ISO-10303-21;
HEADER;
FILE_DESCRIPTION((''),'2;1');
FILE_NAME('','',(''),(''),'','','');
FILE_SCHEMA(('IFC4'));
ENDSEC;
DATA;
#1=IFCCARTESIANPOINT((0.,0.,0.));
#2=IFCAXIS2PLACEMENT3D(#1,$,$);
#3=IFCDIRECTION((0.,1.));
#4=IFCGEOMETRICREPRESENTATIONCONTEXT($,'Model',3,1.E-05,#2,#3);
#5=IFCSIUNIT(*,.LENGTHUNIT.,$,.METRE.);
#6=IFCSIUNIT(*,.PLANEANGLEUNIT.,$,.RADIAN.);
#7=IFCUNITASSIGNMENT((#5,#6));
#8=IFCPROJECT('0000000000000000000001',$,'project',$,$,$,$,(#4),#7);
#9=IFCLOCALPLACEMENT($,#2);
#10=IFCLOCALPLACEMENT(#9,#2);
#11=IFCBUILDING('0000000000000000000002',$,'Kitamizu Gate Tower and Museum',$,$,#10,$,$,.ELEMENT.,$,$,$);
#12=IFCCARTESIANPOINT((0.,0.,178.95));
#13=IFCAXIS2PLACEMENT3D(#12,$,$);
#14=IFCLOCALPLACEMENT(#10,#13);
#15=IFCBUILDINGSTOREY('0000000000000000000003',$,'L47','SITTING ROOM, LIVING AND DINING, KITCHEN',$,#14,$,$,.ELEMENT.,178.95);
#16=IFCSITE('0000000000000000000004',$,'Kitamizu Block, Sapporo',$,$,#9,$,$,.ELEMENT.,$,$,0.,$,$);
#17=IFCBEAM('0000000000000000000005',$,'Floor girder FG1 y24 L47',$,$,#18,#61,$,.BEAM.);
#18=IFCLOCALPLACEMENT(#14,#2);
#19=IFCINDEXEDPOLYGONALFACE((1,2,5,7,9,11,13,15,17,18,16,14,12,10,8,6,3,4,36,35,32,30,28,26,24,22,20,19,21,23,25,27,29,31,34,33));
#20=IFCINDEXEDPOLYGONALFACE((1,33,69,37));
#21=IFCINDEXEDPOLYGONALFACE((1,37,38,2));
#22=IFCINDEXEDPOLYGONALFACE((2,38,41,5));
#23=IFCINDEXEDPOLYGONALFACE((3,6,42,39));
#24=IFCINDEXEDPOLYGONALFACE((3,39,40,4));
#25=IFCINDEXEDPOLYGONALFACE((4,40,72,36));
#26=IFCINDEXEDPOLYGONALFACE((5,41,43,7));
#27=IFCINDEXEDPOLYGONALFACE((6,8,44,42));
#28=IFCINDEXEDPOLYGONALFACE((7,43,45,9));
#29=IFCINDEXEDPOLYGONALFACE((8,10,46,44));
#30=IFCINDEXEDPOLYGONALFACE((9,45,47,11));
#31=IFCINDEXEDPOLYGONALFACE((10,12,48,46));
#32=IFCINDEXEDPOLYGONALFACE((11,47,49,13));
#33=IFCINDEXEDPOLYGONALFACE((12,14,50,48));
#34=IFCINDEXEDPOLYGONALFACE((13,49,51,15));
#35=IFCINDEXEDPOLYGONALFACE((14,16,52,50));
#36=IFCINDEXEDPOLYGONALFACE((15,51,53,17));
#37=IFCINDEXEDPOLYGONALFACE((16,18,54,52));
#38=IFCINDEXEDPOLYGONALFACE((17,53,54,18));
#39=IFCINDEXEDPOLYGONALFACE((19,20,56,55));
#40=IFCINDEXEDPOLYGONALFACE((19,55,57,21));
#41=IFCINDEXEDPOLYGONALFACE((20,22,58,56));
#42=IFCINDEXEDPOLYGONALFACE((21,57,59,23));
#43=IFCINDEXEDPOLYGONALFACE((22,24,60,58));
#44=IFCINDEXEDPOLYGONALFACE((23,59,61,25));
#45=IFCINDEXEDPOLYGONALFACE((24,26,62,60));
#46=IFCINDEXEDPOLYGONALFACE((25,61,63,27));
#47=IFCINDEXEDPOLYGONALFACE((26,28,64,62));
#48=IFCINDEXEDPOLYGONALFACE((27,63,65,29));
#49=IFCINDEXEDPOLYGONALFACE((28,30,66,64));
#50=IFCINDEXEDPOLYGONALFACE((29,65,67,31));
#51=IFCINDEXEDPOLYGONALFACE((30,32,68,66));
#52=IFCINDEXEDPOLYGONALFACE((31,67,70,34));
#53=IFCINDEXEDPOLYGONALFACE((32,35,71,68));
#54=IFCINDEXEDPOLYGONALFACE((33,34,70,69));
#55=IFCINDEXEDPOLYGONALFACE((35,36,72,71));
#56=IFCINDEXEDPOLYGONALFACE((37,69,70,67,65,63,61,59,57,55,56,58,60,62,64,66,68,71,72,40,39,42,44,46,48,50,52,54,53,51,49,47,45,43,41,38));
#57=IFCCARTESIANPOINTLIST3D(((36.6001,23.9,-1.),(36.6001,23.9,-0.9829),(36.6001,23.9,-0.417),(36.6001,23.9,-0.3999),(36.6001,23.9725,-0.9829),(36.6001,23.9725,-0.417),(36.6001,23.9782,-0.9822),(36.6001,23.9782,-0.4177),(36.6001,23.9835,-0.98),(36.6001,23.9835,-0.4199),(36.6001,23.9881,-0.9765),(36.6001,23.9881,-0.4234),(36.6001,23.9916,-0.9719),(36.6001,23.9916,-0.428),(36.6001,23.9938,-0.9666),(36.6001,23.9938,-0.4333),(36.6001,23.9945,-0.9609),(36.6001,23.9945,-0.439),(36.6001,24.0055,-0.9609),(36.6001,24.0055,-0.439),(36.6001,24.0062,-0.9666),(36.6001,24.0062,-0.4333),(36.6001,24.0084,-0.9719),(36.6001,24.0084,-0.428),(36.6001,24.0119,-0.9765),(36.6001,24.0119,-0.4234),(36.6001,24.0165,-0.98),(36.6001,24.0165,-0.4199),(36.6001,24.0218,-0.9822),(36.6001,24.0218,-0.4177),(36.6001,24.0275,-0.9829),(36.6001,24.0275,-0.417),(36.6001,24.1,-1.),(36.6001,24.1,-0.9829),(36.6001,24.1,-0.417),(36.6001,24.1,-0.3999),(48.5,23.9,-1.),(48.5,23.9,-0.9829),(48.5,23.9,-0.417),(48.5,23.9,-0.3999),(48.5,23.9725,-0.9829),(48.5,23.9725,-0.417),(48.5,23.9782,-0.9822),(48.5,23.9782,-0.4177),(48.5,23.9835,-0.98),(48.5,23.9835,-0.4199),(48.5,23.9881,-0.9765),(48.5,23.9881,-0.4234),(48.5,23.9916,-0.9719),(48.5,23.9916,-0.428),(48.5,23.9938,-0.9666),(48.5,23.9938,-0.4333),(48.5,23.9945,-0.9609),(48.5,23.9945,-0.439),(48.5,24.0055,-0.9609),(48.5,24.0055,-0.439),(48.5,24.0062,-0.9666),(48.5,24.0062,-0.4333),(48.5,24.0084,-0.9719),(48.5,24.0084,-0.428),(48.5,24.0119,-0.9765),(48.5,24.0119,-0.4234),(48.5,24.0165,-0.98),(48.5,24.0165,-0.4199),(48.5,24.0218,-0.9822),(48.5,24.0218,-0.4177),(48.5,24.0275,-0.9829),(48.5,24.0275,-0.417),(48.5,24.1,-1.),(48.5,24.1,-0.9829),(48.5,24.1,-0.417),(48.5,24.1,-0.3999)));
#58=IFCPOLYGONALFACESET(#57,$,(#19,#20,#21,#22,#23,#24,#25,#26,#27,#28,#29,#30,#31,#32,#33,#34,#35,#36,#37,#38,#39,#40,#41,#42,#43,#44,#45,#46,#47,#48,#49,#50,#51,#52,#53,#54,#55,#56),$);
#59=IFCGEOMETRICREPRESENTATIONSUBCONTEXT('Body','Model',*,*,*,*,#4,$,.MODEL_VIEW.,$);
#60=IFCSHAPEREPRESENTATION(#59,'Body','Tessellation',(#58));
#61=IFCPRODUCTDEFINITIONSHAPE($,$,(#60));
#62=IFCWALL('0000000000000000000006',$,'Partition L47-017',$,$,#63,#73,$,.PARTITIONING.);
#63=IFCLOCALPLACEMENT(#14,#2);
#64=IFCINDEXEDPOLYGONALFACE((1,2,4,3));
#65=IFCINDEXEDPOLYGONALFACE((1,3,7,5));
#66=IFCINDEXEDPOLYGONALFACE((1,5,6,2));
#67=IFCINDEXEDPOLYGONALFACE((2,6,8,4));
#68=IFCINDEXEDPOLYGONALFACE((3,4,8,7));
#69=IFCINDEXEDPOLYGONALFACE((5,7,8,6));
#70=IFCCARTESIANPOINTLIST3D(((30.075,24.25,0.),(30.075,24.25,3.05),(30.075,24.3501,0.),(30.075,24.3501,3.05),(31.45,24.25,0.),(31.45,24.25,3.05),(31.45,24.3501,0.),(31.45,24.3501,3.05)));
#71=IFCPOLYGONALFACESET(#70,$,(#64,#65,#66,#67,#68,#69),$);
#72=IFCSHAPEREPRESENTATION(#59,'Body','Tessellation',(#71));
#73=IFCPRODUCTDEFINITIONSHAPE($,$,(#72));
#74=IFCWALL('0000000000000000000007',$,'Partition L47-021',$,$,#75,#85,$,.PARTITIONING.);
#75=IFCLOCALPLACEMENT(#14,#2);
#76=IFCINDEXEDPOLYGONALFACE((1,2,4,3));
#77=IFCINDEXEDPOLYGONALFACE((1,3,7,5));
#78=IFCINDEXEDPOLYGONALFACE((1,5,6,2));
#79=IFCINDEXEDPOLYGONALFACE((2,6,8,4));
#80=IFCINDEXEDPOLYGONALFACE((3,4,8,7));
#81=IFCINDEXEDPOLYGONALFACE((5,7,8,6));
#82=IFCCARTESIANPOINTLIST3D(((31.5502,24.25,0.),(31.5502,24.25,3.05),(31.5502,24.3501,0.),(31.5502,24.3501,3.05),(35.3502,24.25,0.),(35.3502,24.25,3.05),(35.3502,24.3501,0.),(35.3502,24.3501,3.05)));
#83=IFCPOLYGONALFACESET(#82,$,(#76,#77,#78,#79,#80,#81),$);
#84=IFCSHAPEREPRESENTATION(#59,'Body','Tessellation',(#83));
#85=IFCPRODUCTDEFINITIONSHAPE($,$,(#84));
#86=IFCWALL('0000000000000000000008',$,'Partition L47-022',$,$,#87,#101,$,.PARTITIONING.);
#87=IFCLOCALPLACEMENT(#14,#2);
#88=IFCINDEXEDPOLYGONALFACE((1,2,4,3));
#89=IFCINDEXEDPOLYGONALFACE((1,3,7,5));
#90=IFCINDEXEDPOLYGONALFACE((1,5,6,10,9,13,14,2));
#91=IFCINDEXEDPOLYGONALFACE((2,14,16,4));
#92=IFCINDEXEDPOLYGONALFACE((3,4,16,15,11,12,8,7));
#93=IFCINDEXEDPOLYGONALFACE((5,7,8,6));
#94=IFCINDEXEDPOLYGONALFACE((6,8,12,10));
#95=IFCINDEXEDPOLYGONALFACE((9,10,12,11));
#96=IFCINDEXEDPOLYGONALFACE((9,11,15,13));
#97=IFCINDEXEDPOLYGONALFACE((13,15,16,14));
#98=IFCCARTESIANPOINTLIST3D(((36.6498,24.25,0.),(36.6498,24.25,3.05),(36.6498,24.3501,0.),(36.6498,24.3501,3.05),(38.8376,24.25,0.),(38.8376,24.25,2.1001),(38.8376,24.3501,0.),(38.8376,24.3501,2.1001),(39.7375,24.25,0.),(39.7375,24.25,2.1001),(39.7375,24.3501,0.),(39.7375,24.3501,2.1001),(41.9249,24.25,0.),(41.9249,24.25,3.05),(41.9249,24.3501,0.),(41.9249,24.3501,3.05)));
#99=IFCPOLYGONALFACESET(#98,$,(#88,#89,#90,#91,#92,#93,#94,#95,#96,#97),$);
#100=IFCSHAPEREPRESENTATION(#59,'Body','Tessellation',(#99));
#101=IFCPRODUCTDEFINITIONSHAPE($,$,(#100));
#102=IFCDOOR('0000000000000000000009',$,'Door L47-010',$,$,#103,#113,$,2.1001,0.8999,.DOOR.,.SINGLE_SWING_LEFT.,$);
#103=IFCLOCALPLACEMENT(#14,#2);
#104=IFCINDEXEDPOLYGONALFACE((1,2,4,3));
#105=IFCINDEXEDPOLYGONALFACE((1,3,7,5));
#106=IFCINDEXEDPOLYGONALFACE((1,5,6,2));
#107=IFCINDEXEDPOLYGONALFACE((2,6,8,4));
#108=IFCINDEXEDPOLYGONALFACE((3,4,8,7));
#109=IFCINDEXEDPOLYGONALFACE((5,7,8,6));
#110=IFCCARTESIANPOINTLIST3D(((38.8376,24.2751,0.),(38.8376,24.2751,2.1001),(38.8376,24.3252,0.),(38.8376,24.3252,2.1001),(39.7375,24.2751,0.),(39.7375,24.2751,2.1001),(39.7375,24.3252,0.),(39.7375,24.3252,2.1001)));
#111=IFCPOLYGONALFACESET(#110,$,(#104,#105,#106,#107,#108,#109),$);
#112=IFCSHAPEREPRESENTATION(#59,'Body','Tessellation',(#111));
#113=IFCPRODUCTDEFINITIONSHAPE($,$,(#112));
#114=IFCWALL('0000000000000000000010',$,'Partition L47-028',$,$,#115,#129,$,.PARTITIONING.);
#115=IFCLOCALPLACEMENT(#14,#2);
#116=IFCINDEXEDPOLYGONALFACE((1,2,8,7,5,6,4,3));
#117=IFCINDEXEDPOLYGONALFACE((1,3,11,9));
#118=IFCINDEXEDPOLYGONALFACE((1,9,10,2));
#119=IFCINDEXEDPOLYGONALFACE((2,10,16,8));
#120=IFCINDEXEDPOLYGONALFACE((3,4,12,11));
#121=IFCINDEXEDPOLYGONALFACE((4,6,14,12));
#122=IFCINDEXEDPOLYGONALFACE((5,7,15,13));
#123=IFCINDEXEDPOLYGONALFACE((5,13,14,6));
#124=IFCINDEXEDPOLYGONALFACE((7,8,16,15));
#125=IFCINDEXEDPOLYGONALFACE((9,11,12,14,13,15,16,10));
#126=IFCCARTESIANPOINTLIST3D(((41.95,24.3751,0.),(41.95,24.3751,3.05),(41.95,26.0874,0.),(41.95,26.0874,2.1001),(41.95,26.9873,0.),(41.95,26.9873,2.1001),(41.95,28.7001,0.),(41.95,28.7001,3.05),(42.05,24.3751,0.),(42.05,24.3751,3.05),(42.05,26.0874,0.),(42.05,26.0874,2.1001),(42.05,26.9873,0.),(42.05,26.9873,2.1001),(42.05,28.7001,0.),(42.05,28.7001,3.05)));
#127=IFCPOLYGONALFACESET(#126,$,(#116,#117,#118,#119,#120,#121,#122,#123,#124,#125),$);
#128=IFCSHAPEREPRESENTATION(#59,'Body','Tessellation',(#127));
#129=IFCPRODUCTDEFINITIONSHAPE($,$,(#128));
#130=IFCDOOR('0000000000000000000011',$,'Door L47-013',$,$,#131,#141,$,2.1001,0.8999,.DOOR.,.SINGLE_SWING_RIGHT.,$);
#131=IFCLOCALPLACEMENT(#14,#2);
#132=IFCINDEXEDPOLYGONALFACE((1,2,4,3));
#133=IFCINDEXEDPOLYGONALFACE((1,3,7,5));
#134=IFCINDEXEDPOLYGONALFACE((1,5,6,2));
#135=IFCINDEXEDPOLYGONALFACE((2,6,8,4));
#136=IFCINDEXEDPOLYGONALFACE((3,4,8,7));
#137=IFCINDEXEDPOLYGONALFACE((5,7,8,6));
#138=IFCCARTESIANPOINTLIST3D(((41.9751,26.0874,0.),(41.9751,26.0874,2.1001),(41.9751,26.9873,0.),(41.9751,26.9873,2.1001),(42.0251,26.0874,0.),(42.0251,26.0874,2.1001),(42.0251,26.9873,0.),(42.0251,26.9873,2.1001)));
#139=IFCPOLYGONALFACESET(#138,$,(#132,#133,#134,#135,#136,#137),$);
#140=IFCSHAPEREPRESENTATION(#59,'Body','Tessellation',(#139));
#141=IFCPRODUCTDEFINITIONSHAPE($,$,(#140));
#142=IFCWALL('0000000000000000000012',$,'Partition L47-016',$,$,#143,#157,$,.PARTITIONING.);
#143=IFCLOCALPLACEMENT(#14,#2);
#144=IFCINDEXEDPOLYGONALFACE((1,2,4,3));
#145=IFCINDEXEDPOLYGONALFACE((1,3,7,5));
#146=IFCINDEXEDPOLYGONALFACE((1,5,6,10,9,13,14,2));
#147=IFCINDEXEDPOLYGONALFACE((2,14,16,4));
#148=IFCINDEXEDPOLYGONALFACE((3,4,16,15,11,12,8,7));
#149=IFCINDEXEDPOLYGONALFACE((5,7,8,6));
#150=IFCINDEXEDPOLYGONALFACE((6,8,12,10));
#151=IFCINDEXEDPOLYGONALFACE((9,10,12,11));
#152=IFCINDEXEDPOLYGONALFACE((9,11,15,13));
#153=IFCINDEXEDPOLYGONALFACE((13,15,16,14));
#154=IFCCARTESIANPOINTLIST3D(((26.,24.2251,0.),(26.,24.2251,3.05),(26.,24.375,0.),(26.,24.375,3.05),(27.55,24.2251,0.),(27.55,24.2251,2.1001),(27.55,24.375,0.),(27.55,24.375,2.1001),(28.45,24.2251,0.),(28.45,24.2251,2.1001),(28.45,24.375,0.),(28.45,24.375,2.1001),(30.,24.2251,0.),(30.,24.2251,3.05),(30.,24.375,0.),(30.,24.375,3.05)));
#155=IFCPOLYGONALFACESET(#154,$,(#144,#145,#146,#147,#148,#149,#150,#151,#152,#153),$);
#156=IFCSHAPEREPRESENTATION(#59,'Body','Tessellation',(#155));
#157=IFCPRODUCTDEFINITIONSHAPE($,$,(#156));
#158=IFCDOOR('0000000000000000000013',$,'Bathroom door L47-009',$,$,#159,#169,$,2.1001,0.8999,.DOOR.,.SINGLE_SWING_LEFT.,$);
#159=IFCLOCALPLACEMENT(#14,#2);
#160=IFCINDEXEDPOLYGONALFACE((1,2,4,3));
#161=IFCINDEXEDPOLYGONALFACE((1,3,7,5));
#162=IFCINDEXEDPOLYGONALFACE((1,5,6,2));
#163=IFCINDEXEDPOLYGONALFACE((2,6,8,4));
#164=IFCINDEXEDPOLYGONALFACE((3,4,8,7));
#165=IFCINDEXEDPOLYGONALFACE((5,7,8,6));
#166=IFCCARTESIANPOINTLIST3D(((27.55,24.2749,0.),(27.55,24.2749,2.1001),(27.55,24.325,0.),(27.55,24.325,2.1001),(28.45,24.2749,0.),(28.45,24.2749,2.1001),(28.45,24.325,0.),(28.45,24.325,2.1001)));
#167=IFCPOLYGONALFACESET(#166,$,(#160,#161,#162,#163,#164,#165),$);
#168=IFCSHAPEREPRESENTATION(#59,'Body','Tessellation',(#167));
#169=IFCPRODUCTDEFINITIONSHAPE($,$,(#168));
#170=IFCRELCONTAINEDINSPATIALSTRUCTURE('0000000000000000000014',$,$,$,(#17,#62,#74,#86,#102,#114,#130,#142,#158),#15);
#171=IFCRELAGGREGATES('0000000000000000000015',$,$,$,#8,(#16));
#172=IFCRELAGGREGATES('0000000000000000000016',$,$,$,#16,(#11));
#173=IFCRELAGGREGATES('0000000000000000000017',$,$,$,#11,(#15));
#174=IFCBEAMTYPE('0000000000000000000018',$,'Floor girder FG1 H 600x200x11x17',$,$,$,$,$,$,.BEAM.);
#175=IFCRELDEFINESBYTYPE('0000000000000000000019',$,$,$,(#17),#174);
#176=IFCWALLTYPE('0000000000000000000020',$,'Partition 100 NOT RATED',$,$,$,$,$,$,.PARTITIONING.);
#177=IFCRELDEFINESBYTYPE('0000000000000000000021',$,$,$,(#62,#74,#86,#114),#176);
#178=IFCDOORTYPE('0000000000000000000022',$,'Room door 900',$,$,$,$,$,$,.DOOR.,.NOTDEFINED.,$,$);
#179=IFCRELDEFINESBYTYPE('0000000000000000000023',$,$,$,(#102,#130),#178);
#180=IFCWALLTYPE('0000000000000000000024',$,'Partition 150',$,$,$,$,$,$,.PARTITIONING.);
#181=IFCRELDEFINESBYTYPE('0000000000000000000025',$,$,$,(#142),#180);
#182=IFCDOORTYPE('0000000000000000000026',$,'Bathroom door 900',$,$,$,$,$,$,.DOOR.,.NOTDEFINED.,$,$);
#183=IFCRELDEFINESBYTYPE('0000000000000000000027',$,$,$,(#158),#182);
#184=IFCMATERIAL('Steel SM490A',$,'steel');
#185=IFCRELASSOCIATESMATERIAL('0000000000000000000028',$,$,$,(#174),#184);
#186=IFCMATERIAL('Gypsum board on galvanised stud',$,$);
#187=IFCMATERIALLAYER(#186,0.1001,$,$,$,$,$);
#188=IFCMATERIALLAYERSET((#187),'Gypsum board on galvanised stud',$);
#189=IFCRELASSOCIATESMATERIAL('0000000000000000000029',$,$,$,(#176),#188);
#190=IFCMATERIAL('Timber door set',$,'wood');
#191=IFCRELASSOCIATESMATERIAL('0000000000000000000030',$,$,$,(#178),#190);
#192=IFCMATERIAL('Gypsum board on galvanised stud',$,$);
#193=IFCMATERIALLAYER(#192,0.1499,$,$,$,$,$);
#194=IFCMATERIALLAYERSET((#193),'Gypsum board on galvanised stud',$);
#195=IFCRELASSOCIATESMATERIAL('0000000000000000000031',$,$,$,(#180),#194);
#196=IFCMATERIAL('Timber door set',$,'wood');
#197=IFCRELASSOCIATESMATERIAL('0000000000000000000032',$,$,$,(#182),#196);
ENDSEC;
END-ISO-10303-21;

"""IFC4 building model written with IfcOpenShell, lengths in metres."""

from ifc_helpers import new_model, si_unit, direction, frame, frame_2d, origin, origin_2d, place, context, subcontext, project, spatial, rectangle, i_section, extrude, material, layer, layer_set, material_profile, profile_set, type_object, element, fill, save


model = new_model("IFC4")

# Units and contexts
model_context = context("Model", 3, precision=1e-05, world=origin(), true_north=direction((0.0, 1.0)))
body_context = subcontext(model_context, "Body", "Model", "MODEL_VIEW")
ifc_project = project(units=[si_unit("LENGTHUNIT", "METRE"), si_unit("PLANEANGLEUNIT", "RADIAN")], contexts=[model_context])

# Site, building, storey
site_placement = place(None, origin())
site = spatial("IfcSite", under=ifc_project, at=site_placement, Name="Kitamizu Block, Sapporo", CompositionType="ELEMENT", RefElevation=0.0)
building_placement = place(site_placement, origin())
building = spatial("IfcBuilding", under=site, at=building_placement, Name="Kitamizu Gate Tower and Museum", CompositionType="ELEMENT")
storey_placement = place(building_placement, frame((0.0, 0.0, 178.95)))
storey = spatial("IfcBuildingStorey", under=building, at=storey_placement, Name="L47", Description="SITTING ROOM, LIVING AND DINING, KITCHEN", CompositionType="ELEMENT", Elevation=178.95)

# Beam
ifc_material_1 = material(Name="Steel SM490A", Category="steel")
ifc_material_profile_1 = material_profile(ifc_material_1, i_section(OverallWidth=0.2, OverallDepth=0.6001, WebThickness=0.011, FlangeThickness=0.0171, FilletRadius=0.022, at=origin_2d()), Name="H-600x200x11x17")
ifc_profile_set_1 = profile_set([ifc_material_profile_1], Name="Steel SM490A")
beam_type_1 = type_object("IfcBeamType", Name="Floor girder FG1 H 600x200x11x17", PredefinedType="BEAM", material=ifc_profile_set_1)
beam_1_placement = place(storey_placement, frame((36.6001, 24.0, -0.7), z_axis=(1.0, 0.0, 0.0), x_axis=(0.0, 1.0, 0.0)))
element("IfcBeam", 1, at=beam_1_placement, inside=storey, type_object=beam_type_1, Name="Floor girder FG1 y24 L47", PredefinedType="BEAM", context=body_context, shape_type="SweptSolid", body=[
    extrude(i_section(OverallWidth=0.2, OverallDepth=0.6001, WebThickness=0.011, FlangeThickness=0.0171, FilletRadius=0.022, at=origin_2d()), origin(), (0.0, 0.0, 1.0), 11.8999),
])

# Walls
ifc_material_2 = material(Name="Gypsum board on galvanised stud")
ifc_layer_1 = layer(ifc_material_2, 0.1001)
ifc_layer_set_1 = layer_set([ifc_layer_1], Name="Gypsum board on galvanised stud")
wall_type_1 = type_object("IfcWallType", Name="Partition 100 NOT RATED", PredefinedType="PARTITIONING", material=ifc_layer_set_1)
wall_1_placement = place(storey_placement, frame((31.45, 24.3, 0.0), z_axis=(0.0, 0.0, 1.0), x_axis=(-1.0, 0.0, 0.0)))
element("IfcWall", 2, at=wall_1_placement, inside=storey, type_object=wall_type_1, Name="Partition L47-017", PredefinedType="PARTITIONING", context=body_context, shape_type="SweptSolid", body=[
    extrude(rectangle(XDim=1.375, YDim=0.1001, at=frame_2d((0.6875, 0.0))), origin(), (0.0, 0.0, 1.0), 3.05),
])
wall_2_placement = place(storey_placement, frame((35.3501, 24.3, 0.0), z_axis=(0.0, 0.0, 1.0), x_axis=(-1.0, 0.0, 0.0)))
element("IfcWall", 3, at=wall_2_placement, inside=storey, type_object=wall_type_1, Name="Partition L47-021", PredefinedType="PARTITIONING", context=body_context, shape_type="SweptSolid", body=[
    extrude(rectangle(XDim=3.8, YDim=0.1001, at=frame_2d((1.8999, 0.0))), origin(), (0.0, 0.0, 1.0), 3.05),
])

# Walls, openings, doors
wall_3_placement = place(storey_placement, frame((41.925, 24.3, 0.0), z_axis=(0.0, 0.0, 1.0), x_axis=(-1.0, 0.0, 0.0)))
wall_3 = element("IfcWall", 4, at=wall_3_placement, inside=storey, type_object=wall_type_1, Name="Partition L47-022", PredefinedType="PARTITIONING", context=body_context, shape_type="SweptSolid", body=[
    extrude(rectangle(XDim=5.2751, YDim=0.1001, at=frame_2d((2.6377, 0.0))), origin(), (0.0, 0.0, 1.0), 3.05),
])
opening_1_placement = place(wall_3_placement, frame((2.1875, 0.0, 0.0)))
opening_1 = element("IfcOpeningElement", 5, at=opening_1_placement, cuts=wall_3, PredefinedType="OPENING", context=body_context, shape_type="SweptSolid", body=[
    extrude(rectangle(XDim=0.8999, YDim=2.1001, at=frame_2d((0.45, 1.05))), frame((0.0, 0.0601, 0.0), z_axis=(0.0, -1.0, 0.0), x_axis=(1.0, 0.0, 0.0)), (0.0, 0.0, 1.0), 0.1201),
])
ifc_material_3 = material(Name="Timber door set", Category="wood")
door_type_1 = type_object("IfcDoorType", Name="Room door 900", OperationType="NOTDEFINED", PredefinedType="DOOR", material=ifc_material_3)
door_1_placement = place(opening_1_placement, origin())
door_1 = element("IfcDoor", 6, at=door_1_placement, inside=storey, type_object=door_type_1, Name="Door L47-010", OperationType="SINGLE_SWING_LEFT", OverallHeight=2.1001, OverallWidth=0.8999, PredefinedType="DOOR", context=body_context, shape_type="SweptSolid", body=[
    extrude(rectangle(XDim=0.8999, YDim=2.1001, at=frame_2d((0.45, 1.05))), frame((0.0, 0.0249, 0.0), z_axis=(0.0, -1.0, 0.0), x_axis=(1.0, 0.0, 0.0)), (0.0, 0.0, 1.0), 0.05),
])
fill(opening_1, door_1)
wall_4_placement = place(storey_placement, frame((42.0, 24.375, 0.0), z_axis=(0.0, 0.0, 1.0), x_axis=(0.0, 1.0, 0.0)))
wall_4 = element("IfcWall", 7, at=wall_4_placement, inside=storey, type_object=wall_type_1, Name="Partition L47-028", PredefinedType="PARTITIONING", context=body_context, shape_type="SweptSolid", body=[
    extrude(rectangle(XDim=4.325, YDim=0.1001, at=frame_2d((2.1626, 0.0))), origin(), (0.0, 0.0, 1.0), 3.05),
])
opening_2_placement = place(wall_4_placement, frame((1.7124, 0.0, 0.0)))
opening_2 = element("IfcOpeningElement", 8, at=opening_2_placement, cuts=wall_4, PredefinedType="OPENING", context=body_context, shape_type="SweptSolid", body=[
    extrude(rectangle(XDim=0.8999, YDim=2.1001, at=frame_2d((0.45, 1.05))), frame((0.0, 0.0601, 0.0), z_axis=(0.0, -1.0, 0.0), x_axis=(1.0, 0.0, 0.0)), (0.0, 0.0, 1.0), 0.1201),
])
door_2_placement = place(opening_2_placement, origin())
door_2 = element("IfcDoor", 9, at=door_2_placement, inside=storey, type_object=door_type_1, Name="Door L47-013", OperationType="SINGLE_SWING_RIGHT", OverallHeight=2.1001, OverallWidth=0.8999, PredefinedType="DOOR", context=body_context, shape_type="SweptSolid", body=[
    extrude(rectangle(XDim=0.8999, YDim=2.1001, at=frame_2d((0.45, 1.05))), frame((0.0, 0.0249, 0.0), z_axis=(0.0, -1.0, 0.0), x_axis=(1.0, 0.0, 0.0)), (0.0, 0.0, 1.0), 0.05),
])
fill(opening_2, door_2)
ifc_material_4 = material(Name="Gypsum board on galvanised stud")
ifc_layer_2 = layer(ifc_material_4, 0.1499)
ifc_layer_set_2 = layer_set([ifc_layer_2], Name="Gypsum board on galvanised stud")
wall_type_2 = type_object("IfcWallType", Name="Partition 150", PredefinedType="PARTITIONING", material=ifc_layer_set_2)
wall_5_placement = place(storey_placement, frame((30.0, 24.3, 0.0), z_axis=(0.0, 0.0, 1.0), x_axis=(-1.0, 0.0, 0.0)))
wall_5 = element("IfcWall", 10, at=wall_5_placement, inside=storey, type_object=wall_type_2, Name="Partition L47-016", PredefinedType="PARTITIONING", context=body_context, shape_type="SweptSolid", body=[
    extrude(rectangle(XDim=4.0, YDim=0.1499, at=frame_2d((2.0, 0.0))), origin(), (0.0, 0.0, 1.0), 3.05),
])
opening_3_placement = place(wall_5_placement, frame((1.55, 0.0, 0.0)))
opening_3 = element("IfcOpeningElement", 11, at=opening_3_placement, cuts=wall_5, PredefinedType="OPENING", context=body_context, shape_type="SweptSolid", body=[
    extrude(rectangle(XDim=0.8999, YDim=2.1001, at=frame_2d((0.45, 1.05))), frame((0.0, 0.085, 0.0), z_axis=(0.0, -1.0, 0.0), x_axis=(1.0, 0.0, 0.0)), (0.0, 0.0, 1.0), 0.1699),
])
ifc_material_5 = material(Name="Timber door set", Category="wood")
door_type_2 = type_object("IfcDoorType", Name="Bathroom door 900", OperationType="NOTDEFINED", PredefinedType="DOOR", material=ifc_material_5)
door_3_placement = place(opening_3_placement, frame((0.8999, 0.0, 0.0), x_axis=(-1.0, 0.0, 0.0)))
door_3 = element("IfcDoor", 12, at=door_3_placement, inside=storey, type_object=door_type_2, Name="Bathroom door L47-009", OperationType="SINGLE_SWING_LEFT", OverallHeight=2.1001, OverallWidth=0.8999, PredefinedType="DOOR", context=body_context, shape_type="SweptSolid", body=[
    extrude(rectangle(XDim=0.8999, YDim=2.1001, at=frame_2d((0.45, 1.05))), frame((0.0, 0.0249, 0.0), z_axis=(0.0, -1.0, 0.0), x_axis=(1.0, 0.0, 0.0)), (0.0, 0.0, 1.0), 0.05),
])
fill(opening_3, door_3)

save(model, "model.ifc")
